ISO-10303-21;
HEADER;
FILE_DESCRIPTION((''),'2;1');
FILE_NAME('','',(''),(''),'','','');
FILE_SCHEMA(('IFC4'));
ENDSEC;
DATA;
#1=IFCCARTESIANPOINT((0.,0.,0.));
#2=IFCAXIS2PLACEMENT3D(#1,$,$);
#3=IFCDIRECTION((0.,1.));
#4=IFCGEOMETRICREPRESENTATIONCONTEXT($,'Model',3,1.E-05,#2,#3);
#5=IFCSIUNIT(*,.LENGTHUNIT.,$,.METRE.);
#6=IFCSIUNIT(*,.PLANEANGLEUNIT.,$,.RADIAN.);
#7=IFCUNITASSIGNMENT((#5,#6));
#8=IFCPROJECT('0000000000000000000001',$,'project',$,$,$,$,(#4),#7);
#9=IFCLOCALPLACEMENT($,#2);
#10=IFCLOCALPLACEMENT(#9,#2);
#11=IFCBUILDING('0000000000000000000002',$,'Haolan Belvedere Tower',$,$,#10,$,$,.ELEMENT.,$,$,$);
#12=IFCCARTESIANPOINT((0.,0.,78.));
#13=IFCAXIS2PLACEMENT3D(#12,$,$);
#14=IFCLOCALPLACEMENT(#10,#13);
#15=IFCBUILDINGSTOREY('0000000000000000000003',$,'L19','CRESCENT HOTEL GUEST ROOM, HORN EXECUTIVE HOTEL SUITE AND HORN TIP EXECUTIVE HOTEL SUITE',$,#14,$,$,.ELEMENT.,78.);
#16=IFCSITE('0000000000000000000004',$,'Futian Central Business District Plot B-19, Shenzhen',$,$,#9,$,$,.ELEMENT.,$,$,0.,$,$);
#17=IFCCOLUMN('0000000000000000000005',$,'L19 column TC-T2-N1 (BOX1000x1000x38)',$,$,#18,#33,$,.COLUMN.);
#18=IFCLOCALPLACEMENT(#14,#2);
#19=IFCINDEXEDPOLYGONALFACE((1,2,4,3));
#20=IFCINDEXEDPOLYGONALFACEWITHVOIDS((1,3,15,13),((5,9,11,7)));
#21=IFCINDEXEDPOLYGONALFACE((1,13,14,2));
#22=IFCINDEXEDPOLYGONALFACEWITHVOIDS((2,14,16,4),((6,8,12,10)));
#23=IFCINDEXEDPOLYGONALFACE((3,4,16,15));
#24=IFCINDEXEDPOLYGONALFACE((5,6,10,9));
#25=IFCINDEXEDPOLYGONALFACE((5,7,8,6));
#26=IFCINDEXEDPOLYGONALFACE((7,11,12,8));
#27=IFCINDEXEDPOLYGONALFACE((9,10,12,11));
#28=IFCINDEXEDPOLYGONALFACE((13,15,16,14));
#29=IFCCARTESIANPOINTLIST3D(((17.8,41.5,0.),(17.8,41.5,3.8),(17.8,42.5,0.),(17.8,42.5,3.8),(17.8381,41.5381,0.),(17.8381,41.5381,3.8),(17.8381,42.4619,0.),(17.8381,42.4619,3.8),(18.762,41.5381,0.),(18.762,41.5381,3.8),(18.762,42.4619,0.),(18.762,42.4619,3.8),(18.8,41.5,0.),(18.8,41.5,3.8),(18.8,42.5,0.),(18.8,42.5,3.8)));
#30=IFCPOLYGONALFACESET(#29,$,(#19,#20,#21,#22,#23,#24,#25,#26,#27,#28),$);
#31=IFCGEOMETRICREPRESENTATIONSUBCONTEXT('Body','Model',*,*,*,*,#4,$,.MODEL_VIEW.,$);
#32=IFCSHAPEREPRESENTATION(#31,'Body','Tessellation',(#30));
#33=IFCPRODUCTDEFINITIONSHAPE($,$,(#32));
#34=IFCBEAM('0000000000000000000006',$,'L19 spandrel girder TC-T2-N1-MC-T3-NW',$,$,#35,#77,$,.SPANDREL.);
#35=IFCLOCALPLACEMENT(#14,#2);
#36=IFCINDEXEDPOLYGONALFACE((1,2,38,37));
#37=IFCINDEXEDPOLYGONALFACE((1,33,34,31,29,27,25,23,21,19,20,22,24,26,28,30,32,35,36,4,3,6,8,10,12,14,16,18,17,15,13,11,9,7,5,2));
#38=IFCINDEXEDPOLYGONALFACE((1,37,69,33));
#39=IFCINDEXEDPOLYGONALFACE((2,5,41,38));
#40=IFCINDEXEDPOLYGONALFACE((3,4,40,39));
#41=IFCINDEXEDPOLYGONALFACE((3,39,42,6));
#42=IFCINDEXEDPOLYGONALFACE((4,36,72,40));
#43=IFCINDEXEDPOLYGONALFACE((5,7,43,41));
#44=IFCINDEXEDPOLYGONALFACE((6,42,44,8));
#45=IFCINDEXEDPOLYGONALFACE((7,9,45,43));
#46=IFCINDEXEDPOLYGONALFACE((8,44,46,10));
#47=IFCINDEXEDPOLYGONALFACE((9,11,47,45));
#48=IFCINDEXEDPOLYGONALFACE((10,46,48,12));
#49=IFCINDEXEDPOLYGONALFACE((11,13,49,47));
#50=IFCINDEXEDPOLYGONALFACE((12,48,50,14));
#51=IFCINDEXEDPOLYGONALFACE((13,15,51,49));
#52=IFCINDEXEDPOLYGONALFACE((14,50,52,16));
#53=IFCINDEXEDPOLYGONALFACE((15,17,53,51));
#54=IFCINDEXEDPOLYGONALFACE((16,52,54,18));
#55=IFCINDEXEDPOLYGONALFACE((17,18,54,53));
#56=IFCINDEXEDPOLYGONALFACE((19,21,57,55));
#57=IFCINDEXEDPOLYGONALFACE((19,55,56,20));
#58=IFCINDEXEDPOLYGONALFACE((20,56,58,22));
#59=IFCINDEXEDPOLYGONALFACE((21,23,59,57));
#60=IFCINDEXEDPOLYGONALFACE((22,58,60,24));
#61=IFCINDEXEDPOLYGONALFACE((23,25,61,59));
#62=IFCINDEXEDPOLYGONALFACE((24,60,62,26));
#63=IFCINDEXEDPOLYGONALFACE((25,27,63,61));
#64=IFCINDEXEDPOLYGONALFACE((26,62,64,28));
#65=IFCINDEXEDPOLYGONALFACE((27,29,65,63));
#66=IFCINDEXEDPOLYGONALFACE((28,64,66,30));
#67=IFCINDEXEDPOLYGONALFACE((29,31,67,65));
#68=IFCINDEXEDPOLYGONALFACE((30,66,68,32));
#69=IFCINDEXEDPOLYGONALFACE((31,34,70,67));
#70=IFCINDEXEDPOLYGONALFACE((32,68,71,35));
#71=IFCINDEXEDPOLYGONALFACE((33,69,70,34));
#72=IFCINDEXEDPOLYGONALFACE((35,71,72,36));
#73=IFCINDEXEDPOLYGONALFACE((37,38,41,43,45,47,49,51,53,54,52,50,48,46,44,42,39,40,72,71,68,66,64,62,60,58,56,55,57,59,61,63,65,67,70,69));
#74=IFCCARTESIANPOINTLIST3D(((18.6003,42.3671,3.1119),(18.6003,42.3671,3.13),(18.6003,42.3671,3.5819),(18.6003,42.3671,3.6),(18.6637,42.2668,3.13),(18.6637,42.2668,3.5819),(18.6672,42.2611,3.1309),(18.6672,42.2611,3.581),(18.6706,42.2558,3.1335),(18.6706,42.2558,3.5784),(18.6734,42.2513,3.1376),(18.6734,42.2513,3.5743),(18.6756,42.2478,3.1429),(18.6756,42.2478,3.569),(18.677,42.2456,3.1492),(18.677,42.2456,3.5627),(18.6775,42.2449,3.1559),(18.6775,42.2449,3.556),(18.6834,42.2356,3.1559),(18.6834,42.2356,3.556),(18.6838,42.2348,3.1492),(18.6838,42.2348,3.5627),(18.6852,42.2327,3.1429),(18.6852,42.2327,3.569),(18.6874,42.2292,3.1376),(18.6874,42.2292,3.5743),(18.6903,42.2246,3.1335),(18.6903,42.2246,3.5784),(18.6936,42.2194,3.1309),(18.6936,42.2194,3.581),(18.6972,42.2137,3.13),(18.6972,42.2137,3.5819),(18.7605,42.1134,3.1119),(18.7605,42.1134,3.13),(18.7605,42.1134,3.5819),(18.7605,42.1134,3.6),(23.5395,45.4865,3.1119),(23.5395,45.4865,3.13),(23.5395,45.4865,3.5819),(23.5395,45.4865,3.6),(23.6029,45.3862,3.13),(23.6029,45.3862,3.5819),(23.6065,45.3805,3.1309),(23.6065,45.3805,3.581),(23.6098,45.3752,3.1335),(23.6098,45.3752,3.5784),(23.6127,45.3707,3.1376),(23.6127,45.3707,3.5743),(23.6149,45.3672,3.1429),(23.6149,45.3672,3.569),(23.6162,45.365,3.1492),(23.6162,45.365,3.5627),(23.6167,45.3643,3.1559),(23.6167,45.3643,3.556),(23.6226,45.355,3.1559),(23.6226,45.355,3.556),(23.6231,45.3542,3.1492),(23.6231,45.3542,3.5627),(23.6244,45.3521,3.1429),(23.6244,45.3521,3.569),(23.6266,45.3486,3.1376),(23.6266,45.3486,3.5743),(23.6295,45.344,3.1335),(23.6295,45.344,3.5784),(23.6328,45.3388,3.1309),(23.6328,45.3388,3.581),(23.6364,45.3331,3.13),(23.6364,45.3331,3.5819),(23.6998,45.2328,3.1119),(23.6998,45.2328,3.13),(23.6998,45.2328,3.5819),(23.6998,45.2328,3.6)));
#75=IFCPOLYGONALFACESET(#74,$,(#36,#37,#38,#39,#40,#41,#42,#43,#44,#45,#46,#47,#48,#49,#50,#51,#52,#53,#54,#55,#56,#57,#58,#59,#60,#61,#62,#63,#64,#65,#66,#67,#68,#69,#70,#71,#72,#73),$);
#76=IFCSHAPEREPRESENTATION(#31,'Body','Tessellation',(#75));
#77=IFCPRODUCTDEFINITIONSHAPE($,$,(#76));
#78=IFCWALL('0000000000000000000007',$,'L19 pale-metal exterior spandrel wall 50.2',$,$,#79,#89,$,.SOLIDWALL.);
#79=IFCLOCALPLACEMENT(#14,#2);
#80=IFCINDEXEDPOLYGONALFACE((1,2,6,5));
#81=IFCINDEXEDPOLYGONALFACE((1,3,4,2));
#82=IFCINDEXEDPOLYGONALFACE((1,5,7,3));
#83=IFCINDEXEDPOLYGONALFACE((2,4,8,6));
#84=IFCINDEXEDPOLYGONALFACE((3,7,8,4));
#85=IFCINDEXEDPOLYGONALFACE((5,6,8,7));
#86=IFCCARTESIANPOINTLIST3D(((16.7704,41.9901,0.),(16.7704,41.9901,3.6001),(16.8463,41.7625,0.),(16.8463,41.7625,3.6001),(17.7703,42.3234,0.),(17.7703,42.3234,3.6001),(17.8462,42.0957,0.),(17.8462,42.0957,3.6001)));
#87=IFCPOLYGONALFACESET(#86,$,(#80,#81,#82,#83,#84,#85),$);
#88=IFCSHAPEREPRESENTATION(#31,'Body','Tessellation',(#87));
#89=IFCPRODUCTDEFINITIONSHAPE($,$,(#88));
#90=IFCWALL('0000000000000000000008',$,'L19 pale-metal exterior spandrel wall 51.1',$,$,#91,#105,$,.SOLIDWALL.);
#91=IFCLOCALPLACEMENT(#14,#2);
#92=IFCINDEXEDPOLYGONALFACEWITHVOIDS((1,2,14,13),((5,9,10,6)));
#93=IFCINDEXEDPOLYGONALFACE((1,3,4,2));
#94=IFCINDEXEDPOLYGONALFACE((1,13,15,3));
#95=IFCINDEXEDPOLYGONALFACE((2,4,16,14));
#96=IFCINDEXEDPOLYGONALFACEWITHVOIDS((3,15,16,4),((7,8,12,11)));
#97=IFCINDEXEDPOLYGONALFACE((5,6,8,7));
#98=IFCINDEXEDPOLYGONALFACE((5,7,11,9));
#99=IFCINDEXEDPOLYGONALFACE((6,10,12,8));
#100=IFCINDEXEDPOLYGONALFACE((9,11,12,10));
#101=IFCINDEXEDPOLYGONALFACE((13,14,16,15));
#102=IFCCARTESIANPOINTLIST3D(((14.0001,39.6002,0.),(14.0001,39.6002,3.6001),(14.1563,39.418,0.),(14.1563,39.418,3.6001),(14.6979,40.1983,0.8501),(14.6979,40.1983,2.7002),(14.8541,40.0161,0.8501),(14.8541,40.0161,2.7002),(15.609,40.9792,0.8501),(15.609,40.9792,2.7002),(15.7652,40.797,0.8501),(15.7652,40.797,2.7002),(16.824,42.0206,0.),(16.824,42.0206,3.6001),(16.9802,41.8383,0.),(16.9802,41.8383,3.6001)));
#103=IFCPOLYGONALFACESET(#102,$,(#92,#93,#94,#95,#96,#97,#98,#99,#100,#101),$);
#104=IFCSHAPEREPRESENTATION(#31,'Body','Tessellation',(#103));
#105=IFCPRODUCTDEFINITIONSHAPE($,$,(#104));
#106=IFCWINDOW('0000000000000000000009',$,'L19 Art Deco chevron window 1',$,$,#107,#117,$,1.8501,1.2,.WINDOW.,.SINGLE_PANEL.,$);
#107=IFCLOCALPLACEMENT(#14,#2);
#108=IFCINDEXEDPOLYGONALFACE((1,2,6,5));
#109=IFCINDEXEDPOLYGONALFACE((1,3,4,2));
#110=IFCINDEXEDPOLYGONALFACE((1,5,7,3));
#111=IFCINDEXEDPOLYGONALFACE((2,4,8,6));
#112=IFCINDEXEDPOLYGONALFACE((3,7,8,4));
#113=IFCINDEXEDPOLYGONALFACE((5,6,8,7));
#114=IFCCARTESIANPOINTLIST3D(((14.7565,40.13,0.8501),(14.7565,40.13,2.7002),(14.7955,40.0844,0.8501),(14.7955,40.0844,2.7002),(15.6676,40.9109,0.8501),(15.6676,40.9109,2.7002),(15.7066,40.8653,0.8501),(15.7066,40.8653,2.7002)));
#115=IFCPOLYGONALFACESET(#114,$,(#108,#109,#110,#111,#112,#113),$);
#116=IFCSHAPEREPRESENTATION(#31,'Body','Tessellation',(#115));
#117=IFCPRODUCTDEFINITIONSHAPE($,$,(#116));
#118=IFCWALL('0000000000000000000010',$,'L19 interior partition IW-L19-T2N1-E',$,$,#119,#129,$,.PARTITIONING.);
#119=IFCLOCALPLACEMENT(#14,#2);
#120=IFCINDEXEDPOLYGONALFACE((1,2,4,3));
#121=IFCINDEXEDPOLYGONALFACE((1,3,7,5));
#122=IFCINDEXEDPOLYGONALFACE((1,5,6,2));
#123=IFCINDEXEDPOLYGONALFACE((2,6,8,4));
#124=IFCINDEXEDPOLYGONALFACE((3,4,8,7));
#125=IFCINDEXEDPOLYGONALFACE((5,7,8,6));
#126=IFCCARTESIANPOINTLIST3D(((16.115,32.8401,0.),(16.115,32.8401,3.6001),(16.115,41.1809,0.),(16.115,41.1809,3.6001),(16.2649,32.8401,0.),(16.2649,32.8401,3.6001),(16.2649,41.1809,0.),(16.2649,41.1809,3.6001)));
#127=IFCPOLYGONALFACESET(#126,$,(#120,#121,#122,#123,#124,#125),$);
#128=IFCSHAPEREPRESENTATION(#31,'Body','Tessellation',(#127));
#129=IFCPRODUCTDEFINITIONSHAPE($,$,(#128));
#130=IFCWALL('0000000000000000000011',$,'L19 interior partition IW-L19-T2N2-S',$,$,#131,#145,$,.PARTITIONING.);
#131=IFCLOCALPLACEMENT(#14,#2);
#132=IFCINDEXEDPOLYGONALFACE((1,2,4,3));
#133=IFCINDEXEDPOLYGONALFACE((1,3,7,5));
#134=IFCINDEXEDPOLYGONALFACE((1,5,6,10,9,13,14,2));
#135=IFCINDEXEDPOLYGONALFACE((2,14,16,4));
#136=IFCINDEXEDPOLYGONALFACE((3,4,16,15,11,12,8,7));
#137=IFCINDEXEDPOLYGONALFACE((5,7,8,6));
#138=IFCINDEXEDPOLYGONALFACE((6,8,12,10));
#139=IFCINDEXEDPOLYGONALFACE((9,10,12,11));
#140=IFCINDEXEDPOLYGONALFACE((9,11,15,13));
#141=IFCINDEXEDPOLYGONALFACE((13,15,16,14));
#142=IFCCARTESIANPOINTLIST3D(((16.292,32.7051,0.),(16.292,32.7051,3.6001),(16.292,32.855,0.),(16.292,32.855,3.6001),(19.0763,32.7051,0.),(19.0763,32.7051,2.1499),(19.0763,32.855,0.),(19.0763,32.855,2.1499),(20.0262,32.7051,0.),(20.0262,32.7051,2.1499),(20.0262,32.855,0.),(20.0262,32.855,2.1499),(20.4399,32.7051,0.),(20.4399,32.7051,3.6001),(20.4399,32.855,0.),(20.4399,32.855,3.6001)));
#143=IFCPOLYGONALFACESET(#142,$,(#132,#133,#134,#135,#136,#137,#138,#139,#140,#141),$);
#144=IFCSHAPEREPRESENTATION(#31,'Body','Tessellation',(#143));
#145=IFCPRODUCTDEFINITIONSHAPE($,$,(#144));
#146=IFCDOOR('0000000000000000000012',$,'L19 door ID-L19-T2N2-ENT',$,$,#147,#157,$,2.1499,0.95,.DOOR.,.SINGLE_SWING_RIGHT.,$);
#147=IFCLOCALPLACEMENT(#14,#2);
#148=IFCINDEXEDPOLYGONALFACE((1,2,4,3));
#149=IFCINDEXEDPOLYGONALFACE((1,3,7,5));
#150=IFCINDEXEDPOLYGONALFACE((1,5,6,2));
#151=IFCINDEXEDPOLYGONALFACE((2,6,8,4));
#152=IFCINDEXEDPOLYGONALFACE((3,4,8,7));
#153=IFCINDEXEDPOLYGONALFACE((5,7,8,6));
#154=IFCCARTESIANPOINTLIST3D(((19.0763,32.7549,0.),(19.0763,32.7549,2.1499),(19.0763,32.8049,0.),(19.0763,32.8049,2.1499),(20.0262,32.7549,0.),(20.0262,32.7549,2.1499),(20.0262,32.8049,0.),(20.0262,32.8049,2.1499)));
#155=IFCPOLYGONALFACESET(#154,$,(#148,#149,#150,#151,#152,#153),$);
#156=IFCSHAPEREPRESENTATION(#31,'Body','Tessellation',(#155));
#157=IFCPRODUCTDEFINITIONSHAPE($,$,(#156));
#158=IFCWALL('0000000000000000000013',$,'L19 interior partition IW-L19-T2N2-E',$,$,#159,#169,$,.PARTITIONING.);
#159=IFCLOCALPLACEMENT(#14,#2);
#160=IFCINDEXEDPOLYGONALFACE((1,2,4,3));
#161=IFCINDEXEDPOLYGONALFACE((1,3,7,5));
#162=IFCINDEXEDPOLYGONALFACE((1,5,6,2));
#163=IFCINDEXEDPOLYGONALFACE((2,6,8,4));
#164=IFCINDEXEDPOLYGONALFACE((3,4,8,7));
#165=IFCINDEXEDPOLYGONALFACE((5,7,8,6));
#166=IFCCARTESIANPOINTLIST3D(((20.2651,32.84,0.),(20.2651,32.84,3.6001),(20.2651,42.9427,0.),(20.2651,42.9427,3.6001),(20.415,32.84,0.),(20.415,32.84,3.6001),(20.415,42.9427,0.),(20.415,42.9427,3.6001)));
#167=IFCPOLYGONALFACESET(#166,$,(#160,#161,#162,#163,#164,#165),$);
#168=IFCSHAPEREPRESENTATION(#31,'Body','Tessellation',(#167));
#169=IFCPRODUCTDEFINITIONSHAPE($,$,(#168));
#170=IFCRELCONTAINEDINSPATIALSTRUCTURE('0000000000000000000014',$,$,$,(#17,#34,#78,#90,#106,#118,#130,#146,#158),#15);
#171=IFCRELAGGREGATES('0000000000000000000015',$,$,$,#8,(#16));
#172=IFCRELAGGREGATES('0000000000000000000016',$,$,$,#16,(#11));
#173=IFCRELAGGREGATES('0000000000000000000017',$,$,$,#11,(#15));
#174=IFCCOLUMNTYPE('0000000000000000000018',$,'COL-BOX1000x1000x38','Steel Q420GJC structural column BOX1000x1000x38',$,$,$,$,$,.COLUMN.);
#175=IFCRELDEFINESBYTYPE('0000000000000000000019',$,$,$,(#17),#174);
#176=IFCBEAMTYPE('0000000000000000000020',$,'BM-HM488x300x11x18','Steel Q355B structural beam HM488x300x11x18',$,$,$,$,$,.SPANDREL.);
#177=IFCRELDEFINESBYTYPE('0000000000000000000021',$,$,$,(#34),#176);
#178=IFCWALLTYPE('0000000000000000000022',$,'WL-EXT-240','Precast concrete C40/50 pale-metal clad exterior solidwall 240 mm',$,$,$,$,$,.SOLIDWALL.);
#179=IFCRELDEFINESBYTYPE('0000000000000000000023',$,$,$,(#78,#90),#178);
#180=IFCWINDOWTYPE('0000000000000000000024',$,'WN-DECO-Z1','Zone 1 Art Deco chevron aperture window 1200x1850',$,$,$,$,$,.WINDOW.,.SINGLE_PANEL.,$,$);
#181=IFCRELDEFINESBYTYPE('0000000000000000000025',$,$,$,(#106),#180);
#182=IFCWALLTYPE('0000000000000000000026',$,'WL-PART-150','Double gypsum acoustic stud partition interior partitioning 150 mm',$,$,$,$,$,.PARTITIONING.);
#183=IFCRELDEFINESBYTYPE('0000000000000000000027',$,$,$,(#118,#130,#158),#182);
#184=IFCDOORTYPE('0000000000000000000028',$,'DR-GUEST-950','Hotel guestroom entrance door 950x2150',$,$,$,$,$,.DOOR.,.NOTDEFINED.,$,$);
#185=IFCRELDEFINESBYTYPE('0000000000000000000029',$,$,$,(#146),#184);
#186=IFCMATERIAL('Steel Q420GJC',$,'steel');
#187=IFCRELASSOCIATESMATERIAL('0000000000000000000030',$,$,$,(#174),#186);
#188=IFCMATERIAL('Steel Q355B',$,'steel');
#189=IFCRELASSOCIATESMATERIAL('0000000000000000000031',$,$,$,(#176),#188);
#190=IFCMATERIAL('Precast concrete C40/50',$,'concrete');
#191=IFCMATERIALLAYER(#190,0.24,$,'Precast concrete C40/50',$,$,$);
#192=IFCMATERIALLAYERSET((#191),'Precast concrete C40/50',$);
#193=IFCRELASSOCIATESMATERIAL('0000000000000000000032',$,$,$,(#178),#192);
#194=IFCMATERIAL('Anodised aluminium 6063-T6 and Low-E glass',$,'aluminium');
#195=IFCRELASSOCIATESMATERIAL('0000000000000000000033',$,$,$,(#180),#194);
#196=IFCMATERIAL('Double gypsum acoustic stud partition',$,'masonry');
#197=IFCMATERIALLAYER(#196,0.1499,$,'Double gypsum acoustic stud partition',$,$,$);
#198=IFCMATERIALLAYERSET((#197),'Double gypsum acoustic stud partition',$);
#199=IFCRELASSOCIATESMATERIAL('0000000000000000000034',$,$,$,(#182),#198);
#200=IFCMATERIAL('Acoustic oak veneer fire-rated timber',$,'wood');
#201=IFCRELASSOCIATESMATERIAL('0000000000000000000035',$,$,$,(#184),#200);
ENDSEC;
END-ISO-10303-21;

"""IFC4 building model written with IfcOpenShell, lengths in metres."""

from ifc_helpers import new_model, si_unit, direction, frame, frame_2d, origin, origin_2d, place, context, subcontext, project, spatial, rectangle, hollow_rectangle, i_section, extrude, material, layer, layer_set, material_profile, profile_set, type_object, element, fill, save


model = new_model("IFC4")

# Units and contexts
model_context = context("Model", 3, precision=1e-05, world=origin(), true_north=direction((0.0, 1.0)))
body_context = subcontext(model_context, "Body", "Model", "MODEL_VIEW")
ifc_project = project(units=[si_unit("LENGTHUNIT", "METRE"), si_unit("PLANEANGLEUNIT", "RADIAN")], contexts=[model_context])

# Site, building, storey
site_placement = place(None, origin())
site = spatial("IfcSite", under=ifc_project, at=site_placement, Name="Futian Central Business District Plot B-19, Shenzhen", CompositionType="ELEMENT", RefElevation=0.0)
building_placement = place(site_placement, origin())
building = spatial("IfcBuilding", under=site, at=building_placement, Name="Haolan Belvedere Tower", CompositionType="ELEMENT")
storey_placement = place(building_placement, frame((0.0, 0.0, 78.0)))
storey = spatial("IfcBuildingStorey", under=building, at=storey_placement, Name="L19", Description="CRESCENT HOTEL GUEST ROOM, HORN EXECUTIVE HOTEL SUITE AND HORN TIP EXECUTIVE HOTEL SUITE", CompositionType="ELEMENT", Elevation=78.0)

# Column
ifc_material_1 = material(Name="Steel Q420GJC", Category="steel")
ifc_material_profile_1 = material_profile(ifc_material_1, hollow_rectangle(XDim=1.0, YDim=1.0, WallThickness=0.0381, at=origin_2d()), Name="Steel Q420GJC")
ifc_profile_set_1 = profile_set([ifc_material_profile_1], Name="Steel Q420GJC")
column_type = type_object("IfcColumnType", Name="COL-BOX1000x1000x38", Description="Steel Q420GJC structural column BOX1000x1000x38", PredefinedType="COLUMN", material=ifc_profile_set_1)
column_placement = place(storey_placement, frame((18.3, 42.0, 0.0), z_axis=(0.0, 0.0, 1.0), x_axis=(1.0, 0.0, 0.0)))
element("IfcColumn", 1, at=column_placement, inside=storey, type_object=column_type, Name="L19 column TC-T2-N1 (BOX1000x1000x38)", PredefinedType="COLUMN", context=body_context, shape_type="SweptSolid", body=[
    extrude(hollow_rectangle(XDim=1.0, YDim=1.0, WallThickness=0.0381, at=origin_2d()), origin(), (0.0, 0.0, 1.0), 3.8),
])

# Beam
ifc_material_2 = material(Name="Steel Q355B", Category="steel")
ifc_material_profile_2 = material_profile(ifc_material_2, i_section(OverallWidth=0.3, OverallDepth=0.488, WebThickness=0.011, FlangeThickness=0.0181, FilletRadius=0.0259, at=origin_2d()), Name="Steel Q355B")
ifc_profile_set_2 = profile_set([ifc_material_profile_2], Name="Steel Q355B")
beam_type = type_object("IfcBeamType", Name="BM-HM488x300x11x18", Description="Steel Q355B structural beam HM488x300x11x18", PredefinedType="SPANDREL", material=ifc_profile_set_2)
beam_placement = place(storey_placement, frame((18.6804, 42.2402, 3.356), z_axis=(0.845498, 0.533979, 0.0), x_axis=(-0.533979, 0.845498, 0.0)))
element("IfcBeam", 2, at=beam_placement, inside=storey, type_object=beam_type, Name="L19 spandrel girder TC-T2-N1-MC-T3-NW", PredefinedType="SPANDREL", context=body_context, shape_type="SweptSolid", body=[
    extrude(i_section(OverallWidth=0.3, OverallDepth=0.488, WebThickness=0.011, FlangeThickness=0.0181, FilletRadius=0.0259, at=origin_2d()), origin(), (0.0, 0.0, 1.0), 5.8418),
])

# Wall
ifc_material_3 = material(Name="Precast concrete C40/50", Category="concrete")
ifc_layer_1 = layer(ifc_material_3, 0.24, Name="Precast concrete C40/50")
ifc_layer_set_1 = layer_set([ifc_layer_1], Name="Precast concrete C40/50")
wall_type_1 = type_object("IfcWallType", Name="WL-EXT-240", Description="Precast concrete C40/50 pale-metal clad exterior solidwall 240 mm", PredefinedType="SOLIDWALL", material=ifc_layer_set_1)
wall_1_placement = place(storey_placement, frame((17.8081, 42.2095, 0.0), z_axis=(0.0, 0.0, 1.0), x_axis=(-0.948706, -0.316158, 0.0)))
element("IfcWall", 3, at=wall_1_placement, inside=storey, type_object=wall_type_1, Name="L19 pale-metal exterior spandrel wall 50.2", PredefinedType="SOLIDWALL", context=body_context, shape_type="SweptSolid", body=[
    extrude(rectangle(XDim=1.054, YDim=0.24, at=frame_2d((0.5269, 0.0))), origin(), (0.0, 0.0, 1.0), 3.6001),
])

# Wall, opening, window
wall_2_placement = place(storey_placement, frame((16.9021, 41.9294, 0.0), z_axis=(0.0, 0.0, 1.0), x_axis=(-0.759275, -0.65077, 0.0)))
wall_2 = element("IfcWall", 4, at=wall_2_placement, inside=storey, type_object=wall_type_1, Name="L19 pale-metal exterior spandrel wall 51.1", PredefinedType="SOLIDWALL", context=body_context, shape_type="SweptSolid", body=[
    extrude(rectangle(XDim=3.7192, YDim=0.24, at=frame_2d((1.8596, 0.0))), origin(), (0.0, 0.0, 1.0), 3.6001),
])
opening_1_placement = place(wall_2_placement, frame((1.6001, 0.0, 0.8501)))
opening_1 = element("IfcOpeningElement", 5, at=opening_1_placement, cuts=wall_2, PredefinedType="OPENING", context=body_context, shape_type="SweptSolid", body=[
    extrude(rectangle(XDim=1.2, YDim=1.8501, at=frame_2d((0.6001, 0.925))), frame((0.0, 0.1299, 0.0), z_axis=(0.0, -1.0, 0.0), x_axis=(1.0, 0.0, 0.0)), (0.0, 0.0, 1.0), 0.26),
])
ifc_material_4 = material(Name="Anodised aluminium 6063-T6 and Low-E glass", Category="aluminium")
window_type = type_object("IfcWindowType", Name="WN-DECO-Z1", Description="Zone 1 Art Deco chevron aperture window 1200x1850", PartitioningType="SINGLE_PANEL", PredefinedType="WINDOW", material=ifc_material_4)
window_placement = place(opening_1_placement, origin())
window = element("IfcWindow", 6, at=window_placement, inside=storey, type_object=window_type, Name="L19 Art Deco chevron window 1", OverallHeight=1.8501, OverallWidth=1.2, PartitioningType="SINGLE_PANEL", PredefinedType="WINDOW", context=body_context, shape_type="SweptSolid", body=[
    extrude(rectangle(XDim=1.2, YDim=1.8501, at=frame_2d((0.6001, 0.925))), frame((0.0, 0.03, 0.0), z_axis=(0.0, -1.0, 0.0), x_axis=(1.0, 0.0, 0.0)), (0.0, 0.0, 1.0), 0.0601),
])
fill(opening_1, window)

# Wall
ifc_material_5 = material(Name="Double gypsum acoustic stud partition", Category="masonry")
ifc_layer_2 = layer(ifc_material_5, 0.1499, Name="Double gypsum acoustic stud partition")
ifc_layer_set_2 = layer_set([ifc_layer_2], Name="Double gypsum acoustic stud partition")
wall_type_2 = type_object("IfcWallType", Name="WL-PART-150", Description="Double gypsum acoustic stud partition interior partitioning 150 mm", PredefinedType="PARTITIONING", material=ifc_layer_set_2)
wall_3_placement = place(storey_placement, frame((16.1899, 32.8401, 0.0), z_axis=(0.0, 0.0, 1.0), x_axis=(0.0, 1.0, 0.0)))
element("IfcWall", 7, at=wall_3_placement, inside=storey, type_object=wall_type_2, Name="L19 interior partition IW-L19-T2N1-E", PredefinedType="PARTITIONING", context=body_context, shape_type="SweptSolid", body=[
    extrude(rectangle(XDim=8.3408, YDim=0.1499, at=frame_2d((4.1704, 0.0))), origin(), (0.0, 0.0, 1.0), 3.6001),
])

# Wall, opening, door
wall_4_placement = place(storey_placement, frame((16.292, 32.78, 0.0), z_axis=(0.0, 0.0, 1.0), x_axis=(1.0, 0.0, 0.0)))
wall_4 = element("IfcWall", 8, at=wall_4_placement, inside=storey, type_object=wall_type_2, Name="L19 interior partition IW-L19-T2N2-S", PredefinedType="PARTITIONING", context=body_context, shape_type="SweptSolid", body=[
    extrude(rectangle(XDim=4.1479, YDim=0.1499, at=frame_2d((2.074, 0.0))), origin(), (0.0, 0.0, 1.0), 3.6001),
])
opening_2_placement = place(wall_4_placement, frame((2.7842, 0.0, 0.0)))
opening_2 = element("IfcOpeningElement", 9, at=opening_2_placement, cuts=wall_4, PredefinedType="OPENING", context=body_context, shape_type="SweptSolid", body=[
    extrude(rectangle(XDim=0.95, YDim=2.1499, at=frame_2d((0.4751, 1.075))), frame((0.0, 0.085, 0.0), z_axis=(0.0, -1.0, 0.0), x_axis=(1.0, 0.0, 0.0)), (0.0, 0.0, 1.0), 0.1699),
])
ifc_material_6 = material(Name="Acoustic oak veneer fire-rated timber", Category="wood")
door_type_1 = type_object("IfcDoorType", Name="DR-GUEST-950", Description="Hotel guestroom entrance door 950x2150", OperationType="NOTDEFINED", PredefinedType="DOOR", material=ifc_material_6)
door_1_placement = place(opening_2_placement, origin())
door_1 = element("IfcDoor", 10, at=door_1_placement, inside=storey, type_object=door_type_1, Name="L19 door ID-L19-T2N2-ENT", OperationType="SINGLE_SWING_RIGHT", OverallHeight=2.1499, OverallWidth=0.95, PredefinedType="DOOR", context=body_context, shape_type="SweptSolid", body=[
    extrude(rectangle(XDim=0.95, YDim=2.1499, at=frame_2d((0.4751, 1.075))), frame((0.0, 0.0249, 0.0), z_axis=(0.0, -1.0, 0.0), x_axis=(1.0, 0.0, 0.0)), (0.0, 0.0, 1.0), 0.05),
])
fill(opening_2, door_1)

# Wall
wall_5_placement = place(storey_placement, frame((20.3401, 32.8401, 0.0), z_axis=(0.0, 0.0, 1.0), x_axis=(0.0, 1.0, 0.0)))
element("IfcWall", 11, at=wall_5_placement, inside=storey, type_object=wall_type_2, Name="L19 interior partition IW-L19-T2N2-E", PredefinedType="PARTITIONING", context=body_context, shape_type="SweptSolid", body=[
    extrude(rectangle(XDim=10.1028, YDim=0.1499, at=frame_2d((5.0513, 0.0))), origin(), (0.0, 0.0, 1.0), 3.6001),
])

save(model, "model.ifc")
